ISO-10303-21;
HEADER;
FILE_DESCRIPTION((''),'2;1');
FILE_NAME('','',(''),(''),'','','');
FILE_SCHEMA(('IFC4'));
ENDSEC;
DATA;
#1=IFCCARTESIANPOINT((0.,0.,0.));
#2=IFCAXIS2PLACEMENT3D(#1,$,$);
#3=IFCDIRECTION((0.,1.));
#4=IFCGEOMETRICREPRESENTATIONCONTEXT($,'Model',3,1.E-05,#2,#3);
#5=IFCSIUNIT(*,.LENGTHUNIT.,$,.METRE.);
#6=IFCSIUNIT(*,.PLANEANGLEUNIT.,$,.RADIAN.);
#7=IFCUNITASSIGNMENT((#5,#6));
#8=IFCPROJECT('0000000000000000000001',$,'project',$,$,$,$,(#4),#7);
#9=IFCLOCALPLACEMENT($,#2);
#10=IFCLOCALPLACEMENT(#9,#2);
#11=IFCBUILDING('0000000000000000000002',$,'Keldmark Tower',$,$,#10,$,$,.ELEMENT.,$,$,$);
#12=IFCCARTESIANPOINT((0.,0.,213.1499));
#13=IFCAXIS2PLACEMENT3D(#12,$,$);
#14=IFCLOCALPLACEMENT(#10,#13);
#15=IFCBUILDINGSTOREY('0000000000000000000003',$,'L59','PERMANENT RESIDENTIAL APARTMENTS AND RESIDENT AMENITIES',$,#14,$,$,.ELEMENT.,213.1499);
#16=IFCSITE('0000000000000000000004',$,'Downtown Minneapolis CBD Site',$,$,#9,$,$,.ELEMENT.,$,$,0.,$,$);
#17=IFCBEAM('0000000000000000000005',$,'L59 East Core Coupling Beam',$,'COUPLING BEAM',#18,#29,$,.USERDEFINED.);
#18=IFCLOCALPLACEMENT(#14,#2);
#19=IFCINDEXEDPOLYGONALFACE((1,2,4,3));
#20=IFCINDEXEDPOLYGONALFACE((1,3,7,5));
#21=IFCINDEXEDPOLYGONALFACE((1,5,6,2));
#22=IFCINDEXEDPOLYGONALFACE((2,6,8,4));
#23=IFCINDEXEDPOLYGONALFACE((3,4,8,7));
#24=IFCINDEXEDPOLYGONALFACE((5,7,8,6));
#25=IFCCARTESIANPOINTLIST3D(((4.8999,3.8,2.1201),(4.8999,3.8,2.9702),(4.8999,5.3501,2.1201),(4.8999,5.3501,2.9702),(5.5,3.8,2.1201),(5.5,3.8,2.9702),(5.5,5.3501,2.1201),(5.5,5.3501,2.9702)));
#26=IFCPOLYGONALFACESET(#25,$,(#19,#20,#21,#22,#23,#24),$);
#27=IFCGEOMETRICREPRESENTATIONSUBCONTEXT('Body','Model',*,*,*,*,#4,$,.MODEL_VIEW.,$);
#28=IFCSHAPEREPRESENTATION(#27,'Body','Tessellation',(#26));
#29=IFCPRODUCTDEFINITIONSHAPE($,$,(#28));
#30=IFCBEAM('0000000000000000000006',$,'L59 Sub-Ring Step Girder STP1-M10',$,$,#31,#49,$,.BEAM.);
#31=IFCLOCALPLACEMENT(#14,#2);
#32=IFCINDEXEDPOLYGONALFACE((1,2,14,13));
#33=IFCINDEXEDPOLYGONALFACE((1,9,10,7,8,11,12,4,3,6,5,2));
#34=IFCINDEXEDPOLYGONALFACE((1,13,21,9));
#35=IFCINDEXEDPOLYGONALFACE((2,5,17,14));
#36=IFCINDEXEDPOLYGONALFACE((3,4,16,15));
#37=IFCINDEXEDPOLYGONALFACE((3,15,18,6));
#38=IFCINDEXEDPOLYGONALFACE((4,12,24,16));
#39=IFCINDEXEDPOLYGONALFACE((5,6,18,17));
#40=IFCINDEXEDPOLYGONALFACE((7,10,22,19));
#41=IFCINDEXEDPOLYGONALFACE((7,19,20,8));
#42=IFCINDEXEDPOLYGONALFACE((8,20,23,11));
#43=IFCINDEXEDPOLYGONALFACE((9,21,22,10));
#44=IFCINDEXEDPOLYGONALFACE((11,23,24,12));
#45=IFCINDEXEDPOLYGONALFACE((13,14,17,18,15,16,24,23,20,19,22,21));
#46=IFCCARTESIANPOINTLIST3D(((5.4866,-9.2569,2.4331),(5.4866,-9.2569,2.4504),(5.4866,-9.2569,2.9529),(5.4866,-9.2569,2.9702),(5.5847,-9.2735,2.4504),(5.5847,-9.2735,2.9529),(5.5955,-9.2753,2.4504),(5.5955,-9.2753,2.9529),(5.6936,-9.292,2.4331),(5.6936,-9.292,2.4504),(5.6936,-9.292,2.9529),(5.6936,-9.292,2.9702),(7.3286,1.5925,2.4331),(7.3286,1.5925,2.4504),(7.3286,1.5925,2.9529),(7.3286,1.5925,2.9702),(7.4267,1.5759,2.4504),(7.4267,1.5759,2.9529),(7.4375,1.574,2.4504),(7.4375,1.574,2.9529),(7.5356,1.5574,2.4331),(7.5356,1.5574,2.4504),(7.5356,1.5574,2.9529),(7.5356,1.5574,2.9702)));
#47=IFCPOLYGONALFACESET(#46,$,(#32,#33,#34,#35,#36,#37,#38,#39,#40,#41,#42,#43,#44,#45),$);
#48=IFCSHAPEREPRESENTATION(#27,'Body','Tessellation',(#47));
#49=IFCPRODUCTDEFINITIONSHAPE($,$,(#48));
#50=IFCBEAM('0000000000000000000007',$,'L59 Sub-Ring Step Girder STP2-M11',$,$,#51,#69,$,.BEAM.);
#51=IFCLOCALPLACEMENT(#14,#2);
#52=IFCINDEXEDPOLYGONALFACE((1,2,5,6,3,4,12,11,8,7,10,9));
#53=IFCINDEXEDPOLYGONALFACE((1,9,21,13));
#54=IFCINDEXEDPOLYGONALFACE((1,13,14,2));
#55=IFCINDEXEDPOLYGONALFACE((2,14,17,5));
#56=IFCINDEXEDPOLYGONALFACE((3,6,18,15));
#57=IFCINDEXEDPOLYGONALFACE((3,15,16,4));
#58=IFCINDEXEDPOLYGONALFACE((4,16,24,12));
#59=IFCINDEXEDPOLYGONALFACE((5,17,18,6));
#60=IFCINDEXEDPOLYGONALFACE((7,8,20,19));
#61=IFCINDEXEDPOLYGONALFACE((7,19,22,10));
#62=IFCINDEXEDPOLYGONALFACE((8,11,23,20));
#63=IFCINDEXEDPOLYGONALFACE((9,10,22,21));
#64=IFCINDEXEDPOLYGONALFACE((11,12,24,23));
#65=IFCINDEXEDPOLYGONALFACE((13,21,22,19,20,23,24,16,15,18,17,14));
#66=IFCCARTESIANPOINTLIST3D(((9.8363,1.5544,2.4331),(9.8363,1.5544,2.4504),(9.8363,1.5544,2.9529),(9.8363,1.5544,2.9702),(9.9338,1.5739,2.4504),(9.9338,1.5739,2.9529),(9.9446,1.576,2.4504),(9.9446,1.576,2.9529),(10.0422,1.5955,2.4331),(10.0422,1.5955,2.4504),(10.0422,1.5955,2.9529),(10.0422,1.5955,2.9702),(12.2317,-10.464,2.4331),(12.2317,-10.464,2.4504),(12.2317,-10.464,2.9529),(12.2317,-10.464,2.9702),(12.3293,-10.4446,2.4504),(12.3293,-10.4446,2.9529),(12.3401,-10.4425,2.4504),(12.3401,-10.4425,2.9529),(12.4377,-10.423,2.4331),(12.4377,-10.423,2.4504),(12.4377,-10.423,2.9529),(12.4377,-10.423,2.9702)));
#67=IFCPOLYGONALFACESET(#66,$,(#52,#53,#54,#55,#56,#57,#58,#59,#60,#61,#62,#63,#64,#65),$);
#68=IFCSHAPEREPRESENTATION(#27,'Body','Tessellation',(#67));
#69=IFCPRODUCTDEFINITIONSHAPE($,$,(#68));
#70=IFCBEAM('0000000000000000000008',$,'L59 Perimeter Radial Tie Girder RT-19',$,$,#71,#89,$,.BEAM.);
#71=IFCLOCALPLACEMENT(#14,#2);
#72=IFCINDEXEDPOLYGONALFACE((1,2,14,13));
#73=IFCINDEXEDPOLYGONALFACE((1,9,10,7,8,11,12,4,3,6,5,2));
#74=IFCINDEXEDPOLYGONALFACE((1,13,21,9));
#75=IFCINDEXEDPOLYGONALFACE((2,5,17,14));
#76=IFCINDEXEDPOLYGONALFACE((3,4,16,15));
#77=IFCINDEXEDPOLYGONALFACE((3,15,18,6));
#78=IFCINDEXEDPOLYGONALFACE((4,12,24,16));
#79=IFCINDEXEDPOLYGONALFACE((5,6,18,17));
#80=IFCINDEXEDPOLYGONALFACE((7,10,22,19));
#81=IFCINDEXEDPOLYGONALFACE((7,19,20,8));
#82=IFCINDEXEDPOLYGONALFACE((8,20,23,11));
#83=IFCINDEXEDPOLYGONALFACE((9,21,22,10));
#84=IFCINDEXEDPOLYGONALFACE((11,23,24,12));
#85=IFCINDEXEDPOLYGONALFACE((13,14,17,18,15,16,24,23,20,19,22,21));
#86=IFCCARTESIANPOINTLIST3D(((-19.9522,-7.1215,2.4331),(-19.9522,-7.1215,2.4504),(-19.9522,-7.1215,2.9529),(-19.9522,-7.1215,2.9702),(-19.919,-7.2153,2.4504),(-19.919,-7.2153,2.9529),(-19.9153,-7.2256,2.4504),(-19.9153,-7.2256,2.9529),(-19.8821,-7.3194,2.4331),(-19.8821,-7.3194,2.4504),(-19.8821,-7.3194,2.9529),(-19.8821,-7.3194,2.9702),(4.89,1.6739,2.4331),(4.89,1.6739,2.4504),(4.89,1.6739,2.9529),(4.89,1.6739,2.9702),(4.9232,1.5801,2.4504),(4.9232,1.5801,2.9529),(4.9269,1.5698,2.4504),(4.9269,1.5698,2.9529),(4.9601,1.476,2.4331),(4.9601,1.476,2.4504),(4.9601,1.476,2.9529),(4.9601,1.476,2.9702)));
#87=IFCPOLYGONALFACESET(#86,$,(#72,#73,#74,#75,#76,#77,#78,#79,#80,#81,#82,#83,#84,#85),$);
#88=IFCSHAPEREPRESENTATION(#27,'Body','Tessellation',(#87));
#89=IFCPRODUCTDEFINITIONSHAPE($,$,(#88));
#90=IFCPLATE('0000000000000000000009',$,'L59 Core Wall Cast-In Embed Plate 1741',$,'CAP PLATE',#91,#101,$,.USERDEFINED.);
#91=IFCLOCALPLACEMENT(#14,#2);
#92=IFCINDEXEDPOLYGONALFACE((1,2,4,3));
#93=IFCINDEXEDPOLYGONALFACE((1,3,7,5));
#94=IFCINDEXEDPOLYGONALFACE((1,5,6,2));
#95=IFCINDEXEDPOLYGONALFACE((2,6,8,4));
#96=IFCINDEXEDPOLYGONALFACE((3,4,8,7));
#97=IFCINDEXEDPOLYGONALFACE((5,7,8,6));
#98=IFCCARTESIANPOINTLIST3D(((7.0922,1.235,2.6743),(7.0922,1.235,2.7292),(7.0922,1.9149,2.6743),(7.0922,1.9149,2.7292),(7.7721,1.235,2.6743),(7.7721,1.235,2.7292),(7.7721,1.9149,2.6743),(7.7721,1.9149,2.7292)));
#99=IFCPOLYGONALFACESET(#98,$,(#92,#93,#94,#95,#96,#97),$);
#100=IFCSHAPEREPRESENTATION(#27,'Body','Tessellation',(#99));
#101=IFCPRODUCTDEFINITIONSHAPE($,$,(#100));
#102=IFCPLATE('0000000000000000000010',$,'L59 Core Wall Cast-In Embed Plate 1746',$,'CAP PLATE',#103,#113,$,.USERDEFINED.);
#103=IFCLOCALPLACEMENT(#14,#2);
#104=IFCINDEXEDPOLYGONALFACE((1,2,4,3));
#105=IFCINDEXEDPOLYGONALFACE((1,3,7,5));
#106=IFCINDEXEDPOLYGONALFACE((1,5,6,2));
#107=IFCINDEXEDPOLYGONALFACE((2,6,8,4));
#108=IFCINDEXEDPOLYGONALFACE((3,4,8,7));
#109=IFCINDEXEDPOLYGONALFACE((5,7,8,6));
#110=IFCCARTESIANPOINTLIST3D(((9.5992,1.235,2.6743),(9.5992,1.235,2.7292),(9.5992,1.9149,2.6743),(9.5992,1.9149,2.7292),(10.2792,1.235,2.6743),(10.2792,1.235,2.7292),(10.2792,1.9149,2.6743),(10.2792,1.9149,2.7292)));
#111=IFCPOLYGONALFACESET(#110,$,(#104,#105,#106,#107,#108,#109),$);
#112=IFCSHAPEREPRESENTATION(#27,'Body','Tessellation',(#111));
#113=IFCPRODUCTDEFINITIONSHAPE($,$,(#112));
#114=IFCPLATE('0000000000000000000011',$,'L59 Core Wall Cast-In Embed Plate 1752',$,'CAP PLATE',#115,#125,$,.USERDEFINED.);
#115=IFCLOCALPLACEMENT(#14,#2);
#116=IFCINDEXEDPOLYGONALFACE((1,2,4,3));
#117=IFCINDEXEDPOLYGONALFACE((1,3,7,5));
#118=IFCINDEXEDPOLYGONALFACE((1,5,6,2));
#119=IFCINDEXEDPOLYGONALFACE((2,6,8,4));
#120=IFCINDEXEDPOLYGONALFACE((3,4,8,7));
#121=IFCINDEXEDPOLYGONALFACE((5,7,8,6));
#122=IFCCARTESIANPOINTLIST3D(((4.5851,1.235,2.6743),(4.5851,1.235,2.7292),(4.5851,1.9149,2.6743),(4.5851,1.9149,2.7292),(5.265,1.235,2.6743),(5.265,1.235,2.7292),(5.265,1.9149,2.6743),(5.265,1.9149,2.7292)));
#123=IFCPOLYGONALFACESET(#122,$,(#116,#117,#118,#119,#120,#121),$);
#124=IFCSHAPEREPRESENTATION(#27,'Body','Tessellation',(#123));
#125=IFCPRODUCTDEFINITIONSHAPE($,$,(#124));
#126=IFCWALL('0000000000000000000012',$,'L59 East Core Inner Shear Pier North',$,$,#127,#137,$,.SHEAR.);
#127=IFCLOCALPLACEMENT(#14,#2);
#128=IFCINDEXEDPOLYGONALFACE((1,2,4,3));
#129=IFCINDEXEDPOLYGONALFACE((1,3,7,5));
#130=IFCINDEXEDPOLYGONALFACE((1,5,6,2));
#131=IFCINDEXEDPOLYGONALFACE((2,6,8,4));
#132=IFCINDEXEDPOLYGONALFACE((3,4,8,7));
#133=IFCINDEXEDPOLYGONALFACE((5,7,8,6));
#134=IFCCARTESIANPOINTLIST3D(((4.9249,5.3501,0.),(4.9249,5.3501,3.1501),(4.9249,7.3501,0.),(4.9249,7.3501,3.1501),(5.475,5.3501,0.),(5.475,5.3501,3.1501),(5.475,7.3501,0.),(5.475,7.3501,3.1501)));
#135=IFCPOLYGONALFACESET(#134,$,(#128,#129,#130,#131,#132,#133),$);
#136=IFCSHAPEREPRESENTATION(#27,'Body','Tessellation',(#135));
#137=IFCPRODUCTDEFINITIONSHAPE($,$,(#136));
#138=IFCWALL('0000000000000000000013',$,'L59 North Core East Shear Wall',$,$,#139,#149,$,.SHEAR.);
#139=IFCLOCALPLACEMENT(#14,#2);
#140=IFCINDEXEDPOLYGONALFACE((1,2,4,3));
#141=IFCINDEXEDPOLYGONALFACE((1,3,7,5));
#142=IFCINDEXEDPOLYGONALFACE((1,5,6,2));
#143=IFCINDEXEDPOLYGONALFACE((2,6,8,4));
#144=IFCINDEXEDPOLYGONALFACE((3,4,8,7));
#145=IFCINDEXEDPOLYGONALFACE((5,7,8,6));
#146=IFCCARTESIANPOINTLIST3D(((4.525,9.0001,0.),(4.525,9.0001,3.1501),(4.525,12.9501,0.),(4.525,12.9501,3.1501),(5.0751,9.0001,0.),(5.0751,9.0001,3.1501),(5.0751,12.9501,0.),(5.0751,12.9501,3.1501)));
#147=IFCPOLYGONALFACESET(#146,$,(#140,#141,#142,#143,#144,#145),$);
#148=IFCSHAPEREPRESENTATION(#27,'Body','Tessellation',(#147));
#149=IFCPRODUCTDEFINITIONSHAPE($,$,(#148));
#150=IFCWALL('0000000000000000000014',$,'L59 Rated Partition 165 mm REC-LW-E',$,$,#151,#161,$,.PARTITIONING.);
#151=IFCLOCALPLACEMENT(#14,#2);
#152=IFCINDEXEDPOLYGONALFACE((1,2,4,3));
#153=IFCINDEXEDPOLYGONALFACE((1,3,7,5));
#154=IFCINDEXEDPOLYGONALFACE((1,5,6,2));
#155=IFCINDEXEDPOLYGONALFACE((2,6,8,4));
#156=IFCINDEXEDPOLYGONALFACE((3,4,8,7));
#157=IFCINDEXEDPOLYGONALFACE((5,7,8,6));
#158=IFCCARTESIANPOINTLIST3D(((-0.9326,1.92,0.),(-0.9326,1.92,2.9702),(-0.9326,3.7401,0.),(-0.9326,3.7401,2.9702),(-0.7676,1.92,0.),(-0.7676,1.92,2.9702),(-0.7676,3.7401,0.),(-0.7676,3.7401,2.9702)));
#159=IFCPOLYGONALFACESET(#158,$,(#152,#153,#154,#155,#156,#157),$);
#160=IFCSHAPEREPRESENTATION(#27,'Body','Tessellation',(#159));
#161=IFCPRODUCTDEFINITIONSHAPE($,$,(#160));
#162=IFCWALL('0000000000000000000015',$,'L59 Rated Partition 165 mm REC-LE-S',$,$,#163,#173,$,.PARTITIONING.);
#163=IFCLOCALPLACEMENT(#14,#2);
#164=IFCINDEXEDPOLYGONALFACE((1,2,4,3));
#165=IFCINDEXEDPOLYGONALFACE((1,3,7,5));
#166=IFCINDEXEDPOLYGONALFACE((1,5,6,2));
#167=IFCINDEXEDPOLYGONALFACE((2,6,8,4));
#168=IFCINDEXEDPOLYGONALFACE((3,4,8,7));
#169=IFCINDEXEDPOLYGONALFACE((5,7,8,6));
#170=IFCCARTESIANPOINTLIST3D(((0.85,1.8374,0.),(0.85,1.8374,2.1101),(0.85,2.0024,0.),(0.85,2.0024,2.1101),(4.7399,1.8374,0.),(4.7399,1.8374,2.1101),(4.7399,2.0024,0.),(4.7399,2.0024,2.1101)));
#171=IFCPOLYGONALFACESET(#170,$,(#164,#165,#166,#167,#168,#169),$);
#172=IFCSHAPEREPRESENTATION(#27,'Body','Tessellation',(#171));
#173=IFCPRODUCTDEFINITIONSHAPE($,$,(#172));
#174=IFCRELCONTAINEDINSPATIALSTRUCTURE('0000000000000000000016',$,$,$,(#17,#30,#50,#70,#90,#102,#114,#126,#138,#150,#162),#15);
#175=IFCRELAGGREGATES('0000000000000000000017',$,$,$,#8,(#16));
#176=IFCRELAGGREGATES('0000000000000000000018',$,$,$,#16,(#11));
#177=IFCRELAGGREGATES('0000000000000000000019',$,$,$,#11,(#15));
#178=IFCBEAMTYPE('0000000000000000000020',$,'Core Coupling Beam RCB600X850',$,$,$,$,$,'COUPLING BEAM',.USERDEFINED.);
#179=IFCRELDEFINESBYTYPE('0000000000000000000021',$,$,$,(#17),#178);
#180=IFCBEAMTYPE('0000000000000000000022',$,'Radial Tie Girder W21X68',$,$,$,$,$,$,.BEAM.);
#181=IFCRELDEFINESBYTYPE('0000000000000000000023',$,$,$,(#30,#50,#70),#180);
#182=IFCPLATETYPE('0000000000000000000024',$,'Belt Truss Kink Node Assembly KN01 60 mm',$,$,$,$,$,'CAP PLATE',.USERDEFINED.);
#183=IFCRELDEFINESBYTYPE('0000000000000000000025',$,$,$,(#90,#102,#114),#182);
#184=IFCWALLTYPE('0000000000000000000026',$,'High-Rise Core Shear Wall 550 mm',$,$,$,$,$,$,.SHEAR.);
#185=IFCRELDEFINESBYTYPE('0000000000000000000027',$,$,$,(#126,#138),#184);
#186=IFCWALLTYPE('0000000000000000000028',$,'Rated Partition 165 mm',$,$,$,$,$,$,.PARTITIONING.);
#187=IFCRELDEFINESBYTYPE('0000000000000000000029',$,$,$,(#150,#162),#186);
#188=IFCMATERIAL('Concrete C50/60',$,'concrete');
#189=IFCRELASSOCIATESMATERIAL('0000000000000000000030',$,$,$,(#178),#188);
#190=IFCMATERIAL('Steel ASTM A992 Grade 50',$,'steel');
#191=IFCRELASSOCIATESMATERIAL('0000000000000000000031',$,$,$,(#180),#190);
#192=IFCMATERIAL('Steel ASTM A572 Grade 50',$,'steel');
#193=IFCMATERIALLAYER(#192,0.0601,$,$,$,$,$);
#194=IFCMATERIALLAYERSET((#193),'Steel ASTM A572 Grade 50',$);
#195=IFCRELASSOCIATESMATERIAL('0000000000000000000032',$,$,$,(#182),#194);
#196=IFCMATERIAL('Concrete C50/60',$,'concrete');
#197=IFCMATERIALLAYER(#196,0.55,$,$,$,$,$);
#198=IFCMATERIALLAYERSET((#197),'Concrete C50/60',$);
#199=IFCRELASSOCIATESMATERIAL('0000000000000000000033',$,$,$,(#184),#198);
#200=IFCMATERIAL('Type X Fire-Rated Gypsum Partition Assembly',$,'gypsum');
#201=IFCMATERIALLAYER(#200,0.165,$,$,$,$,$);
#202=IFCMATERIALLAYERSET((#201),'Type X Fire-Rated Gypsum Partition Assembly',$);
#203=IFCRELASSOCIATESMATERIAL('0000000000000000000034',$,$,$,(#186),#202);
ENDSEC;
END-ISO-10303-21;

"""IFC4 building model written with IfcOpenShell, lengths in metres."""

from ifc_helpers import new_model, si_unit, direction, frame, frame_2d, origin, origin_2d, place, context, subcontext, project, spatial, rectangle, i_section, extrude, material, layer, layer_set, material_profile, profile_set, type_object, element, save


model = new_model("IFC4")

# Units and contexts
model_context = context("Model", 3, precision=1e-05, world=origin(), true_north=direction((0.0, 1.0)))
body_context = subcontext(model_context, "Body", "Model", "MODEL_VIEW")
ifc_project = project(units=[si_unit("LENGTHUNIT", "METRE"), si_unit("PLANEANGLEUNIT", "RADIAN")], contexts=[model_context])

# Site, building, storey
site_placement = place(None, origin())
site = spatial("IfcSite", under=ifc_project, at=site_placement, Name="Downtown Minneapolis CBD Site", CompositionType="ELEMENT", RefElevation=0.0)
building_placement = place(site_placement, origin())
building = spatial("IfcBuilding", under=site, at=building_placement, Name="Keldmark Tower", CompositionType="ELEMENT")
storey_placement = place(building_placement, frame((0.0, 0.0, 213.1499)))
storey = spatial("IfcBuildingStorey", under=building, at=storey_placement, Name="L59", Description="PERMANENT RESIDENTIAL APARTMENTS AND RESIDENT AMENITIES", CompositionType="ELEMENT", Elevation=213.1499)

# Beams
ifc_material_1 = material(Name="Concrete C50/60", Category="concrete")
ifc_material_profile_1 = material_profile(ifc_material_1, rectangle(XDim=0.6001, YDim=0.8501, at=origin_2d()), Name="RCB600X850")
ifc_profile_set_1 = profile_set([ifc_material_profile_1], Name="Concrete C50/60")
beam_type_1 = type_object("IfcBeamType", Name="Core Coupling Beam RCB600X850", ElementType="COUPLING BEAM", PredefinedType="USERDEFINED", material=ifc_profile_set_1)
beam_1_placement = place(storey_placement, frame((5.2, 3.8, 2.5452), z_axis=(0.0, 1.0, 0.0), x_axis=(-1.0, 0.0, 0.0)))
element("IfcBeam", 1, at=beam_1_placement, inside=storey, type_object=beam_type_1, Name="L59 East Core Coupling Beam", ObjectType="COUPLING BEAM", PredefinedType="USERDEFINED", context=body_context, shape_type="SweptSolid", body=[
    extrude(rectangle(XDim=0.6001, YDim=0.8501, at=origin_2d()), origin(), (0.0, 0.0, 1.0), 1.55),
])
ifc_material_2 = material(Name="Steel ASTM A992 Grade 50", Category="steel")
ifc_material_profile_2 = material_profile(ifc_material_2, i_section(OverallWidth=0.21, OverallDepth=0.5371, WebThickness=0.011, FlangeThickness=0.0173, at=origin_2d()), Name="W21X68")
ifc_profile_set_2 = profile_set([ifc_material_profile_2], Name="Steel ASTM A992 Grade 50")
beam_type_2 = type_object("IfcBeamType", Name="Radial Tie Girder W21X68", PredefinedType="BEAM", material=ifc_profile_set_2)
beam_2_placement = place(storey_placement, frame((7.4321, 1.575, 2.7017), z_axis=(-0.167388, -0.985891, 0.0), x_axis=(0.985891, -0.167388, 0.0)))
element("IfcBeam", 2, at=beam_2_placement, inside=storey, type_object=beam_type_2, Name="L59 Sub-Ring Step Girder STP1-M10", PredefinedType="BEAM", context=body_context, shape_type="SweptSolid", body=[
    extrude(i_section(OverallWidth=0.21, OverallDepth=0.5371, WebThickness=0.011, FlangeThickness=0.0173, at=origin_2d()), origin(), (0.0, 0.0, 1.0), 11.0046),
])
beam_3_placement = place(storey_placement, frame((9.9392, 1.575, 2.7017), z_axis=(0.195472, -0.980709, 0.0), x_axis=(0.980709, 0.195472, 0.0)))
element("IfcBeam", 3, at=beam_3_placement, inside=storey, type_object=beam_type_2, Name="L59 Sub-Ring Step Girder STP2-M11", PredefinedType="BEAM", context=body_context, shape_type="SweptSolid", body=[
    extrude(i_section(OverallWidth=0.21, OverallDepth=0.5371, WebThickness=0.011, FlangeThickness=0.0173, at=origin_2d()), origin(), (0.0, 0.0, 1.0), 12.2549),
])
beam_4_placement = place(storey_placement, frame((4.925, 1.575, 2.7017), z_axis=(-0.942662, -0.333749, 0.0), x_axis=(0.333749, -0.942662, 0.0)))
element("IfcBeam", 4, at=beam_4_placement, inside=storey, type_object=beam_type_2, Name="L59 Perimeter Radial Tie Girder RT-19", PredefinedType="BEAM", context=body_context, shape_type="SweptSolid", body=[
    extrude(i_section(OverallWidth=0.21, OverallDepth=0.5371, WebThickness=0.011, FlangeThickness=0.0173, at=origin_2d()), origin(), (0.0, 0.0, 1.0), 26.3533),
])

# Plates
ifc_material_3 = material(Name="Steel ASTM A572 Grade 50", Category="steel")
ifc_layer_1 = layer(ifc_material_3, 0.0601)
ifc_layer_set_1 = layer_set([ifc_layer_1], Name="Steel ASTM A572 Grade 50")
plate_type = type_object("IfcPlateType", Name="Belt Truss Kink Node Assembly KN01 60 mm", ElementType="CAP PLATE", PredefinedType="USERDEFINED", material=ifc_layer_set_1)
for number, where, z_axis, x_axis, name in (
    (5, (7.4321, 1.575, 2.6743), (0.0, 0.0, 1.0), (1.0, 0.0, 0.0), "L59 Core Wall Cast-In Embed Plate 1741"),
    (6, (9.9392, 1.575, 2.6743), (0.0, 0.0, 1.0), (1.0, 0.0, 0.0), "L59 Core Wall Cast-In Embed Plate 1746"),
    (7, (4.925, 1.575, 2.6743), (0.0, 0.0, 1.0), (1.0, 0.0, 0.0), "L59 Core Wall Cast-In Embed Plate 1752"),
):
    element("IfcPlate", number, at=place(storey_placement, frame(where, z_axis=z_axis, x_axis=x_axis)), inside=storey, type_object=plate_type, Name=name, ObjectType="CAP PLATE", PredefinedType="USERDEFINED", context=body_context, shape_type="SweptSolid", body=[
        extrude(rectangle(XDim=0.6799, YDim=0.6799, at=origin_2d()), origin(), (0.0, 0.0, 1.0), 0.0549),
    ])

# Walls
ifc_material_4 = material(Name="Concrete C50/60", Category="concrete")
ifc_layer_2 = layer(ifc_material_4, 0.55)
ifc_layer_set_2 = layer_set([ifc_layer_2], Name="Concrete C50/60")
wall_type_1 = type_object("IfcWallType", Name="High-Rise Core Shear Wall 550 mm", PredefinedType="SHEAR", material=ifc_layer_set_2)
wall_1_placement = place(storey_placement, frame((5.2, 5.3501, 0.0), z_axis=(0.0, 0.0, 1.0), x_axis=(0.0, 1.0, 0.0)))
element("IfcWall", 8, at=wall_1_placement, inside=storey, type_object=wall_type_1, Name="L59 East Core Inner Shear Pier North", PredefinedType="SHEAR", context=body_context, shape_type="SweptSolid", body=[
    extrude(rectangle(XDim=2.0, YDim=0.55, at=frame_2d((1.0, 0.0))), origin(), (0.0, 0.0, 1.0), 3.1501),
])
wall_2_placement = place(storey_placement, frame((4.8, 9.0, 0.0), z_axis=(0.0, 0.0, 1.0), x_axis=(0.0, 1.0, 0.0)))
element("IfcWall", 9, at=wall_2_placement, inside=storey, type_object=wall_type_1, Name="L59 North Core East Shear Wall", PredefinedType="SHEAR", context=body_context, shape_type="SweptSolid", body=[
    extrude(rectangle(XDim=3.95, YDim=0.55, at=frame_2d((1.9751, 0.0))), origin(), (0.0, 0.0, 1.0), 3.1501),
])
ifc_material_5 = material(Name="Type X Fire-Rated Gypsum Partition Assembly", Category="gypsum")
ifc_layer_3 = layer(ifc_material_5, 0.165)
ifc_layer_set_3 = layer_set([ifc_layer_3], Name="Type X Fire-Rated Gypsum Partition Assembly")
wall_type_2 = type_object("IfcWallType", Name="Rated Partition 165 mm", PredefinedType="PARTITIONING", material=ifc_layer_set_3)
wall_3_placement = place(storey_placement, frame((-0.8501, 1.9199, 0.0), z_axis=(0.0, 0.0, 1.0), x_axis=(0.0, 1.0, 0.0)))
element("IfcWall", 10, at=wall_3_placement, inside=storey, type_object=wall_type_2, Name="L59 Rated Partition 165 mm REC-LW-E", PredefinedType="PARTITIONING", context=body_context, shape_type="SweptSolid", body=[
    extrude(rectangle(XDim=1.8201, YDim=0.165, at=frame_2d((0.9102, 0.0))), origin(), (0.0, 0.0, 1.0), 2.9702),
])
wall_4_placement = place(storey_placement, frame((0.8501, 1.9199, 0.0), z_axis=(0.0, 0.0, 1.0), x_axis=(1.0, 0.0, 0.0)))
element("IfcWall", 11, at=wall_4_placement, inside=storey, type_object=wall_type_2, Name="L59 Rated Partition 165 mm REC-LE-S", PredefinedType="PARTITIONING", context=body_context, shape_type="SweptSolid", body=[
    extrude(rectangle(XDim=3.8899, YDim=0.165, at=frame_2d((1.9448, 0.0))), origin(), (0.0, 0.0, 1.0), 2.1101),
])

save(model, "model.ifc")
